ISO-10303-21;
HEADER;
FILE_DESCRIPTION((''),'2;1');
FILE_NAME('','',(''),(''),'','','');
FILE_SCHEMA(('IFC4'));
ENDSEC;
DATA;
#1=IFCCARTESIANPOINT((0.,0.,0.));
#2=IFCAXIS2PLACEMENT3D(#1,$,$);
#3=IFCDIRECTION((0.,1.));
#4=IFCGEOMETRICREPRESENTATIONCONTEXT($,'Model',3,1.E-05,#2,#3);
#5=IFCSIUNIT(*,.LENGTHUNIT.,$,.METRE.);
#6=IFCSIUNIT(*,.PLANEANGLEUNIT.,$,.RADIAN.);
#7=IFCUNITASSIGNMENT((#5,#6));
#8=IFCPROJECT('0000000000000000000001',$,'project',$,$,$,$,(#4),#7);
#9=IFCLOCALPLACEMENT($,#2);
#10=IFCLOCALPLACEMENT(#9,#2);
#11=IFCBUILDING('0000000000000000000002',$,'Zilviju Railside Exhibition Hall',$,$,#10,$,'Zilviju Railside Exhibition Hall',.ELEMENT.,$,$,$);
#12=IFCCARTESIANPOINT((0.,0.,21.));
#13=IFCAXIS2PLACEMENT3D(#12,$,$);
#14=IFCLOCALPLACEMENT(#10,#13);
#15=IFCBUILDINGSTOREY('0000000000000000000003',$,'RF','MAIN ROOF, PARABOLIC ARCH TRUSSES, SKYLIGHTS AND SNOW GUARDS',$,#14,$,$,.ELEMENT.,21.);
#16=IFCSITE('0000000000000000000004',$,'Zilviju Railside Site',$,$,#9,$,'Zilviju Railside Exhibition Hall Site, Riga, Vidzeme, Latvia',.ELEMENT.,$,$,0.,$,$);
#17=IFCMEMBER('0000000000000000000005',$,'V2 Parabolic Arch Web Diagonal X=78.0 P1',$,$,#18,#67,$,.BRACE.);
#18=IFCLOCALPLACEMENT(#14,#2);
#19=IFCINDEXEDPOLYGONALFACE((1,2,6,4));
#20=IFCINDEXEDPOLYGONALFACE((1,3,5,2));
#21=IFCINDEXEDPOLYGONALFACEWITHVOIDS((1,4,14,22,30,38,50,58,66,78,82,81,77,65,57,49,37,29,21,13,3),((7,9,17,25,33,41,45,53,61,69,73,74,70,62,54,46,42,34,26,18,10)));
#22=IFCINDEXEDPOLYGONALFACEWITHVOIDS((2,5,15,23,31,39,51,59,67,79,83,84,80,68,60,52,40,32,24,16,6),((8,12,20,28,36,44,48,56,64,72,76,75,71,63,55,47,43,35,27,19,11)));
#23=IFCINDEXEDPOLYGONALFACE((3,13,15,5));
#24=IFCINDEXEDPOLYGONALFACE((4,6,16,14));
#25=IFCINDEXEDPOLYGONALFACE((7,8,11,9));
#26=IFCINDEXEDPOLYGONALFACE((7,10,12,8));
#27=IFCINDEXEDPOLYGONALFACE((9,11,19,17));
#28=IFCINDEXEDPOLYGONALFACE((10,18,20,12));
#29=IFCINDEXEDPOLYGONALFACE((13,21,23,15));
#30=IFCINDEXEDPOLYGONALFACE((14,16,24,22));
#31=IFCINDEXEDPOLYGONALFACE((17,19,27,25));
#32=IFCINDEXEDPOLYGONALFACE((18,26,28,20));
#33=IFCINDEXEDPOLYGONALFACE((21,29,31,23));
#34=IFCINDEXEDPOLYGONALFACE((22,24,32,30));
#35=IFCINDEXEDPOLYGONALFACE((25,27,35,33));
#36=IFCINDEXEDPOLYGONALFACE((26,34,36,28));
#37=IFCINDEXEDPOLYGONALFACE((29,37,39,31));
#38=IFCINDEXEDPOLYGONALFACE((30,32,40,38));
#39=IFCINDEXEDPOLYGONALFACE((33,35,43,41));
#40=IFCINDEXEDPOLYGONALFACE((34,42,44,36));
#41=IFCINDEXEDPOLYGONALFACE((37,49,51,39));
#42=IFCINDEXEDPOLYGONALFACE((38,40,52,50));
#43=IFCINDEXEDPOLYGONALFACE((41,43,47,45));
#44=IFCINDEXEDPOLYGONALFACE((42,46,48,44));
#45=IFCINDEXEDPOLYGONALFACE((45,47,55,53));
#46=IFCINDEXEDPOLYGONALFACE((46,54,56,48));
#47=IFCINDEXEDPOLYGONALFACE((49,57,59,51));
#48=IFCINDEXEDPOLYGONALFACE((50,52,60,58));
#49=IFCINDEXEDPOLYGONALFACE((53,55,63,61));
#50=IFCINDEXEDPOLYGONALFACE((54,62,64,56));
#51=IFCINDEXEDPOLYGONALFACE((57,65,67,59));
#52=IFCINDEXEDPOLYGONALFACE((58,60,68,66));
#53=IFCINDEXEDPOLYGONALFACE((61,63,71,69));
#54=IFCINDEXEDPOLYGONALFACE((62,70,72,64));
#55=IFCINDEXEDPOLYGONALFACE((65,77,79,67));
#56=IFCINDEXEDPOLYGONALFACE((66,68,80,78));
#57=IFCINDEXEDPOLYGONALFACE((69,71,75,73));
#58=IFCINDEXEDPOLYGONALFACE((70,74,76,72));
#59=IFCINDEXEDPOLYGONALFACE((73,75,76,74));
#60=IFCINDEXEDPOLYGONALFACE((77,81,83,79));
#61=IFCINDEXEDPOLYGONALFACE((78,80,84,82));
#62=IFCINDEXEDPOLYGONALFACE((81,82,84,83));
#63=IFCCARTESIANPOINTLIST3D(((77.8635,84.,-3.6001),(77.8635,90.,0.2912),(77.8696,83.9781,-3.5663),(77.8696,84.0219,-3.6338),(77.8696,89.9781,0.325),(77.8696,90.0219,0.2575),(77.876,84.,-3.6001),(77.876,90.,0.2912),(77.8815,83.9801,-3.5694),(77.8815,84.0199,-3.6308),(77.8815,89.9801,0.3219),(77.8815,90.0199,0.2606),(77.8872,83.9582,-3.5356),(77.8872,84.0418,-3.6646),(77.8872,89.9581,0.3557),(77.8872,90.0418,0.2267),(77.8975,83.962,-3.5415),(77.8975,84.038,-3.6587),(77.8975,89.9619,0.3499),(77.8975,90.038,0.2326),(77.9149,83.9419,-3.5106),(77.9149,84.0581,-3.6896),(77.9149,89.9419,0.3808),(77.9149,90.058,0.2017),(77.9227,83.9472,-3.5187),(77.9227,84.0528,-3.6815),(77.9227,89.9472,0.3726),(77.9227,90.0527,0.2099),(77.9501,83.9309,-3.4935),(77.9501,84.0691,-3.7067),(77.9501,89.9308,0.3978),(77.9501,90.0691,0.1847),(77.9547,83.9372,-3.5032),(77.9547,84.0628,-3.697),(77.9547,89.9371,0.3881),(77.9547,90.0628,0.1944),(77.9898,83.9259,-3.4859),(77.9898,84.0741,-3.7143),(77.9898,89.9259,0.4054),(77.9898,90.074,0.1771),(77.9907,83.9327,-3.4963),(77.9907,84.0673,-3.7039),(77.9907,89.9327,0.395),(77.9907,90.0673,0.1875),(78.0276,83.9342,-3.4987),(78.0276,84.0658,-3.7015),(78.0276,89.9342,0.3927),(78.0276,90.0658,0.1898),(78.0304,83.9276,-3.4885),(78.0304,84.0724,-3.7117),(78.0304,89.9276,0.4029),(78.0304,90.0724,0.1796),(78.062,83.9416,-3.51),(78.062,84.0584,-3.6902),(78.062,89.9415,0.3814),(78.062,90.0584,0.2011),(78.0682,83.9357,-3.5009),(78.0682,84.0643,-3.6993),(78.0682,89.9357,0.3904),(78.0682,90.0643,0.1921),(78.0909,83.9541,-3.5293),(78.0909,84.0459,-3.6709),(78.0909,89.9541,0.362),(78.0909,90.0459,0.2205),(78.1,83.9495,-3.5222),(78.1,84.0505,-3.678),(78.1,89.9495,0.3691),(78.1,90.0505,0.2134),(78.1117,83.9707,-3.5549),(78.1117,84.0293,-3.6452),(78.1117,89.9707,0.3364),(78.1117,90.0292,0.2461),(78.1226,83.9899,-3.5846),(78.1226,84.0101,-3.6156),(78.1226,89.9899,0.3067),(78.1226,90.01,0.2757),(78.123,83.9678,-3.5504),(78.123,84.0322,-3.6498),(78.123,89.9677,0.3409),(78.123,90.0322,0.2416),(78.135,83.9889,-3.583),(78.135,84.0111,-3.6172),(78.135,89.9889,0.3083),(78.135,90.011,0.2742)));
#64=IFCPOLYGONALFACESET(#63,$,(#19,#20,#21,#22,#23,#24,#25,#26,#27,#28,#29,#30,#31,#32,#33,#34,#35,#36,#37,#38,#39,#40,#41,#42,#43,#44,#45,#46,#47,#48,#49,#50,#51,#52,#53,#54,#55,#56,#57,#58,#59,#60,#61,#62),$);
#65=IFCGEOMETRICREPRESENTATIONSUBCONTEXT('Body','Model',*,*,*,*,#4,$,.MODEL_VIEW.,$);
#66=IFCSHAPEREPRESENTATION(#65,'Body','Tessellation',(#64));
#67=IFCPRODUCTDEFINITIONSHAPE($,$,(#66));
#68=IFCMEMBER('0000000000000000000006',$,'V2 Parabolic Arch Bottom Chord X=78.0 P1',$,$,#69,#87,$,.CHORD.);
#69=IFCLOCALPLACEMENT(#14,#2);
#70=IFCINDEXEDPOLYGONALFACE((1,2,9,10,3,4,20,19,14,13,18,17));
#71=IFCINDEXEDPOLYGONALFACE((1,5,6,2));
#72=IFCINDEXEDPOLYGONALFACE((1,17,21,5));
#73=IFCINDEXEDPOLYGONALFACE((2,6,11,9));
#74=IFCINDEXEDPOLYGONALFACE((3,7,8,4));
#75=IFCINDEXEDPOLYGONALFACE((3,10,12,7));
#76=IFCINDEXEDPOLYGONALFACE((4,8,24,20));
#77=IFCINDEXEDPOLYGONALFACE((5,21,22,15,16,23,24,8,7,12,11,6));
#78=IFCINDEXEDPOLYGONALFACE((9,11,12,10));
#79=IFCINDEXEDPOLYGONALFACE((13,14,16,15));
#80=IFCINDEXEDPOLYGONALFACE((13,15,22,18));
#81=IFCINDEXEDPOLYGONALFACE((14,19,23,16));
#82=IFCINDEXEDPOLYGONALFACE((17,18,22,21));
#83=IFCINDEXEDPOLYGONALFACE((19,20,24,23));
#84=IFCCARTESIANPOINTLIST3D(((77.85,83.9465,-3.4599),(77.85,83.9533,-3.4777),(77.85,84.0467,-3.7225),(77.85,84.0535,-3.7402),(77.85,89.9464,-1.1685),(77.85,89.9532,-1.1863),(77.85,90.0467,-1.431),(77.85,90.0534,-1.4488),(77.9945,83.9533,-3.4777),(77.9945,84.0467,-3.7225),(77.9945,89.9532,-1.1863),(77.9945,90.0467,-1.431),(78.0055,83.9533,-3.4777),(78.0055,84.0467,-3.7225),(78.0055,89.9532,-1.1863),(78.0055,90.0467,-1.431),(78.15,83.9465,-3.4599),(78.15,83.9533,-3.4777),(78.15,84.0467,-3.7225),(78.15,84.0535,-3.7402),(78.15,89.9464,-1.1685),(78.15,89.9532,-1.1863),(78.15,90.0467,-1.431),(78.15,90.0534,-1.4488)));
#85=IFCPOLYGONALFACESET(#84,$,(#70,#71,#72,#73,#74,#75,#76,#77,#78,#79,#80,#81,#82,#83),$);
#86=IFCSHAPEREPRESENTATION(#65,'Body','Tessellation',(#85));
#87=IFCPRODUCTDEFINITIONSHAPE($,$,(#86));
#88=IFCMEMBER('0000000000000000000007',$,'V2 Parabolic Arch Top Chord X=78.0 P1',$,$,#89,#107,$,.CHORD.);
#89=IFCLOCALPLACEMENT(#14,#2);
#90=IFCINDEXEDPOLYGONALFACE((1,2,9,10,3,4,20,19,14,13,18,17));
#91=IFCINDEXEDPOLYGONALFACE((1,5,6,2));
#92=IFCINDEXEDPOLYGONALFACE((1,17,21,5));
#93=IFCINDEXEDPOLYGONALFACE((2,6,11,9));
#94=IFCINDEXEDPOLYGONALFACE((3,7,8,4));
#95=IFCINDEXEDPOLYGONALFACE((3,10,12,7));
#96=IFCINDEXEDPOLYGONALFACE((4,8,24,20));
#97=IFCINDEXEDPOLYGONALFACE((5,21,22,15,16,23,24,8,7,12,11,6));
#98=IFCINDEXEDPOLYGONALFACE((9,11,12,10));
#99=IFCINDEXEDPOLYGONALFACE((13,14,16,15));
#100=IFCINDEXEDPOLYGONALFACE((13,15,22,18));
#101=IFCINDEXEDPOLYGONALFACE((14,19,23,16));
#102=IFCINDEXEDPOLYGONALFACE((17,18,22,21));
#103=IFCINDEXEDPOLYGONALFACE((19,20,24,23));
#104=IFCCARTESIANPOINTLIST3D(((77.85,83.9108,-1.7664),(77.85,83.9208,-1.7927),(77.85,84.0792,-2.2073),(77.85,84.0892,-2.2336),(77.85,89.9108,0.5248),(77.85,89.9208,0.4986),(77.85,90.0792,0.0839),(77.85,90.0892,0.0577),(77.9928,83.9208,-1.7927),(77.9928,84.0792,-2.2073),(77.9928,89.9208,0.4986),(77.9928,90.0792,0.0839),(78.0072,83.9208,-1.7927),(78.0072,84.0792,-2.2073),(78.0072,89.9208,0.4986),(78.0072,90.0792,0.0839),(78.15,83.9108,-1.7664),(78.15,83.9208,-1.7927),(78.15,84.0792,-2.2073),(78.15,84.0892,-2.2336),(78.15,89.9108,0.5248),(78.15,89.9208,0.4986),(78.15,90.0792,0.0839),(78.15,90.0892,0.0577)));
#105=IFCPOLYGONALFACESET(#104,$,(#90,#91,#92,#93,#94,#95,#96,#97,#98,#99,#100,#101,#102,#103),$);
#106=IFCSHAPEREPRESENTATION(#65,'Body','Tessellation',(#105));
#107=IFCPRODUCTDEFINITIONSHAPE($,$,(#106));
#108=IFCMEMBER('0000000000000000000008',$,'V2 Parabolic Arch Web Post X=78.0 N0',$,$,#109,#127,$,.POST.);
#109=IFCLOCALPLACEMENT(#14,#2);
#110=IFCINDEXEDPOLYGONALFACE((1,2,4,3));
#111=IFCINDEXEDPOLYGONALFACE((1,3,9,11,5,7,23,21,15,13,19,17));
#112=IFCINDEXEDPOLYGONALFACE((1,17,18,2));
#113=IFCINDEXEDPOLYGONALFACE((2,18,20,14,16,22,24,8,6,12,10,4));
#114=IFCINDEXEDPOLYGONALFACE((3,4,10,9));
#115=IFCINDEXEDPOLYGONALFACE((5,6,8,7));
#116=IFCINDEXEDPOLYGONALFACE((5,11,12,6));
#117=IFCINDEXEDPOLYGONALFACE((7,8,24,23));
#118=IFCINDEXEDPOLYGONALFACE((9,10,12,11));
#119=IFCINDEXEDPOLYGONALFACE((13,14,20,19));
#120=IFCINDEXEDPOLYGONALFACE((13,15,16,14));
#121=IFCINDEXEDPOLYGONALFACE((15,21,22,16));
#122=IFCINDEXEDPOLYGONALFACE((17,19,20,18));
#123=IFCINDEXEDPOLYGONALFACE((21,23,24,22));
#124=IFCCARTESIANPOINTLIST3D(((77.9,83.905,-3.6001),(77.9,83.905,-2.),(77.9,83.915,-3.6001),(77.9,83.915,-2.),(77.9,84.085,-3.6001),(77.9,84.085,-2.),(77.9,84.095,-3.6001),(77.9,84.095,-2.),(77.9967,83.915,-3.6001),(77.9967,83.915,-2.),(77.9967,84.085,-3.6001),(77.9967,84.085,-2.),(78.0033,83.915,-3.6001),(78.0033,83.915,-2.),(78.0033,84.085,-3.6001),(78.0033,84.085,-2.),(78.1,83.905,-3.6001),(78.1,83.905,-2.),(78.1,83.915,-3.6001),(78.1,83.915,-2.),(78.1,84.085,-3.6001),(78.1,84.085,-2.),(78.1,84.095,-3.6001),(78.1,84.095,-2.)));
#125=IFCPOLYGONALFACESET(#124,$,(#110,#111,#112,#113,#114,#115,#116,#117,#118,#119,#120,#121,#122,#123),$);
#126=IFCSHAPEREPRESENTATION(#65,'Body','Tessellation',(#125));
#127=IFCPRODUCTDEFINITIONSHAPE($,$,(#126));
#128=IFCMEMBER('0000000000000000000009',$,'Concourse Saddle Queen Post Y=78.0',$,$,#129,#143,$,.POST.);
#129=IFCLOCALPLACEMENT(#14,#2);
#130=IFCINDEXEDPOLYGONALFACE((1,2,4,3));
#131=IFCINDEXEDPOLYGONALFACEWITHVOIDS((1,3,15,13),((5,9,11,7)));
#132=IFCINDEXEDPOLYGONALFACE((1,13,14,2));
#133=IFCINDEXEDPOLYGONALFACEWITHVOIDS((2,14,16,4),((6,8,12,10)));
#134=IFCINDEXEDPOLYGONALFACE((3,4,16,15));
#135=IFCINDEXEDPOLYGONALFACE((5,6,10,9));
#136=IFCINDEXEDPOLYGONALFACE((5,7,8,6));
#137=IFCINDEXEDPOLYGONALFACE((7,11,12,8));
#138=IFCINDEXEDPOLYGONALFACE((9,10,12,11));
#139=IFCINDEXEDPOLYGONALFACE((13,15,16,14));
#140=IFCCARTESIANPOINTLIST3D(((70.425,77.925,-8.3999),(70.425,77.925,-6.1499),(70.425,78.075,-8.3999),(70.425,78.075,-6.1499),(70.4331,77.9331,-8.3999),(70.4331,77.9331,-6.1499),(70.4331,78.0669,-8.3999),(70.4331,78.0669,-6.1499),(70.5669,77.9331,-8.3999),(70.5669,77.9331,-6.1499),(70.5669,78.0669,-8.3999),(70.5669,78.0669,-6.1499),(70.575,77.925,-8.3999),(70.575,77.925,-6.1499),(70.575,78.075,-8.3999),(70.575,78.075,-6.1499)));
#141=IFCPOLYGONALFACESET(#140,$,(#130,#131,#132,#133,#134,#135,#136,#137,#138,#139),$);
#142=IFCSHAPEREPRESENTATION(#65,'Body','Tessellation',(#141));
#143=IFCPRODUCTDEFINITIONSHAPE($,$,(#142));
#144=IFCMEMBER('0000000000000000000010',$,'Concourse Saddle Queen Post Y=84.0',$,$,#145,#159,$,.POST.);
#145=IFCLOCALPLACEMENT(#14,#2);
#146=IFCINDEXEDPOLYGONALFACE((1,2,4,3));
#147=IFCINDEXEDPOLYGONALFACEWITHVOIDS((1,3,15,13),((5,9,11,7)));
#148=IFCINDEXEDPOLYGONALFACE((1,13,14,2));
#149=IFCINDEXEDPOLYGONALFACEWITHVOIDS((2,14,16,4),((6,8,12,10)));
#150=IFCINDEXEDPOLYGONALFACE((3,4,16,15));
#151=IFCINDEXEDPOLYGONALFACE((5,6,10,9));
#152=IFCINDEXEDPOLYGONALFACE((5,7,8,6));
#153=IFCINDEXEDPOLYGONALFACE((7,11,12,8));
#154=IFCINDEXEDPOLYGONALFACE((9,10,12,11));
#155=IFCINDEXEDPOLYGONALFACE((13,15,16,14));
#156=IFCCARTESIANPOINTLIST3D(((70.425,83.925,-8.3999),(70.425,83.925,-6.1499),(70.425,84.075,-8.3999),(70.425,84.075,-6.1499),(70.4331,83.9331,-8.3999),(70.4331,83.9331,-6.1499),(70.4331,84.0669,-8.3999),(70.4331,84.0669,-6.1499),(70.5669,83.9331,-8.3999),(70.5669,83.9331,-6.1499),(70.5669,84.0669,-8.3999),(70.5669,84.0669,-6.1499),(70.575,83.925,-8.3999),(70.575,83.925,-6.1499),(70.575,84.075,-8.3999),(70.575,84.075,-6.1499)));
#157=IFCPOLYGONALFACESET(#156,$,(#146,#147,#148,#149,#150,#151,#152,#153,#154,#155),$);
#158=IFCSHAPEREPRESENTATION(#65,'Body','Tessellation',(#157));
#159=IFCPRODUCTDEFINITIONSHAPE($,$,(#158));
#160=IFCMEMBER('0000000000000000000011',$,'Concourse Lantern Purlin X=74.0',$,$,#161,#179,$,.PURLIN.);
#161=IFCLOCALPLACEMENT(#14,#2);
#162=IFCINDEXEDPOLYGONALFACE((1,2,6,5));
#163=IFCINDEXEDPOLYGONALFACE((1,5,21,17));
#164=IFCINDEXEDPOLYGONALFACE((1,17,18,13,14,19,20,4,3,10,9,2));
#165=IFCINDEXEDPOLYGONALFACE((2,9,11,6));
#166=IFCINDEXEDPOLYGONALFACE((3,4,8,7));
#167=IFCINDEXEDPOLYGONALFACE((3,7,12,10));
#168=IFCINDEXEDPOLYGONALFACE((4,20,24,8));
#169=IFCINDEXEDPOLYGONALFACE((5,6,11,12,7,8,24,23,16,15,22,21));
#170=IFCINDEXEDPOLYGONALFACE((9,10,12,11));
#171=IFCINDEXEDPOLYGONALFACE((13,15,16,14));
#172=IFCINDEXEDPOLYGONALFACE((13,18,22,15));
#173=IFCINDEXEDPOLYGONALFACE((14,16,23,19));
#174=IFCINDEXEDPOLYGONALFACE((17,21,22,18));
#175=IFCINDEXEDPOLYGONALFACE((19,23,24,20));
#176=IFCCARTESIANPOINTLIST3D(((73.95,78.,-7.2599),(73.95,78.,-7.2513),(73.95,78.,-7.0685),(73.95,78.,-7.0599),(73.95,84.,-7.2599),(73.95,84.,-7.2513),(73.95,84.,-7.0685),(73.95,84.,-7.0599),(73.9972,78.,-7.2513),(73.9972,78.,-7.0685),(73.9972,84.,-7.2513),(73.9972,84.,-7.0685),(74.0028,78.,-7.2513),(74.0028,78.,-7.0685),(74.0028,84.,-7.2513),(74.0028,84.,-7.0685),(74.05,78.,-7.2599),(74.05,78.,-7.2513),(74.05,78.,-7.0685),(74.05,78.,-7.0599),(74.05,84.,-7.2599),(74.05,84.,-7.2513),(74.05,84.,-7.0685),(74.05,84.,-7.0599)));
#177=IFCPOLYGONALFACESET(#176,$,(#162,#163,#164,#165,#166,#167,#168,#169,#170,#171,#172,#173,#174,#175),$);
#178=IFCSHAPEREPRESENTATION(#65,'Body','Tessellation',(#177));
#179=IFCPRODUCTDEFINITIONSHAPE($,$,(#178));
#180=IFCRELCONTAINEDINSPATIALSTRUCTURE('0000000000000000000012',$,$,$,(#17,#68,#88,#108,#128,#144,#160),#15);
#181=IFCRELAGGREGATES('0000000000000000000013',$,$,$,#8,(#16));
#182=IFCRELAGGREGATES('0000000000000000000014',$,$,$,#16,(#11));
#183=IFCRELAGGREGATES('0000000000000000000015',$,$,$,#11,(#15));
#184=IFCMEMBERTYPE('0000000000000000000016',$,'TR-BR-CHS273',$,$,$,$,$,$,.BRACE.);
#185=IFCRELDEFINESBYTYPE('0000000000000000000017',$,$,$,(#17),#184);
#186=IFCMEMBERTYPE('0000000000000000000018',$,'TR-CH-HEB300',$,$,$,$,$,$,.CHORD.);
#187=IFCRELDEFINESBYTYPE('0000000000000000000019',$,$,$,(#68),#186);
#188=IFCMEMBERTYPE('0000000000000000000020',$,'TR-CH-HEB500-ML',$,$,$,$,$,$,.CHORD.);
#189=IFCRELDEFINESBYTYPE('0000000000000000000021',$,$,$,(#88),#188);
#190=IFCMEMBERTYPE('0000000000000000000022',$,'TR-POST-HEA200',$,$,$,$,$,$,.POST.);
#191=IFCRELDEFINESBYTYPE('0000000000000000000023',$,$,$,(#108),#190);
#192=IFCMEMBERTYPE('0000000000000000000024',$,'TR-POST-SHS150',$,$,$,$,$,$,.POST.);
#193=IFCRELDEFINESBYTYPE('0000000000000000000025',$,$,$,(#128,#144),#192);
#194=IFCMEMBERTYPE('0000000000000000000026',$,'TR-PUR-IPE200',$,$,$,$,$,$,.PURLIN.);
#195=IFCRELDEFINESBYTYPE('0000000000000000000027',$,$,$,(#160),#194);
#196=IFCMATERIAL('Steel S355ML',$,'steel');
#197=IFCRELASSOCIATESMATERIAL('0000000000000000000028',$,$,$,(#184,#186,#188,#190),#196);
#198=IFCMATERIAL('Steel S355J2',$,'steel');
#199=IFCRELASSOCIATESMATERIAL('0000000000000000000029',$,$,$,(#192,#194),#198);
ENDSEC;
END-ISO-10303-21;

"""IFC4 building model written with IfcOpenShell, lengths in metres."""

from ifc_helpers import new_model, si_unit, direction, frame, origin, origin_2d, place, context, subcontext, project, spatial, hollow_rectangle, hollow_circle, i_section, extrude, material, material_profile, profile_set, type_object, element, save


model = new_model("IFC4")

# Units and contexts
model_context = context("Model", 3, precision=1e-05, world=origin(), true_north=direction((0.0, 1.0)))
body_context = subcontext(model_context, "Body", "Model", "MODEL_VIEW")
ifc_project = project(units=[si_unit("LENGTHUNIT", "METRE"), si_unit("PLANEANGLEUNIT", "RADIAN")], contexts=[model_context])

# Site, building, storey
site_placement = place(None, origin())
site = spatial("IfcSite", under=ifc_project, at=site_placement, Name="Zilviju Railside Site", LongName="Zilviju Railside Exhibition Hall Site, Riga, Vidzeme, Latvia", CompositionType="ELEMENT", RefElevation=0.0)
building_placement = place(site_placement, origin())
building = spatial("IfcBuilding", under=site, at=building_placement, Name="Zilviju Railside Exhibition Hall", LongName="Zilviju Railside Exhibition Hall", CompositionType="ELEMENT")
storey_placement = place(building_placement, frame((0.0, 0.0, 21.0)))
storey = spatial("IfcBuildingStorey", under=building, at=storey_placement, Name="RF", Description="MAIN ROOF, PARABOLIC ARCH TRUSSES, SKYLIGHTS AND SNOW GUARDS", CompositionType="ELEMENT", Elevation=21.0)

# Members
ifc_material_1 = material(Name="Steel S355J2", Category="steel")
ifc_material_2 = material(Name="Steel S355ML", Category="steel")
ifc_material_profile_1 = material_profile(ifc_material_2, hollow_circle(Radius=0.1365, WallThickness=0.0125, at=origin_2d()), Name="CHS 273.0x12.5")
ifc_profile_set_1 = profile_set([ifc_material_profile_1], Name="Steel S355ML")
member_type_1 = type_object("IfcMemberType", Name="TR-BR-CHS273", PredefinedType="BRACE", material=ifc_profile_set_1)
member_1_placement = place(storey_placement, frame((78.0, 84.0, -3.6001), z_axis=(0.0, 0.838995, 0.544139), x_axis=(-1.0, 0.0, 0.0)))
element("IfcMember", 1, at=member_1_placement, inside=storey, type_object=member_type_1, Name="V2 Parabolic Arch Web Diagonal X=78.0 P1", PredefinedType="BRACE", context=body_context, shape_type="SweptSolid", body=[
    extrude(hollow_circle(Radius=0.1365, WallThickness=0.0125, at=origin_2d()), origin(), (0.0, 0.0, 1.0), 7.1514),
])
ifc_material_profile_2 = material_profile(ifc_material_2, i_section(OverallWidth=0.3, OverallDepth=0.3, WebThickness=0.011, FlangeThickness=0.019, at=origin_2d()), Name="HEB 300")
ifc_profile_set_2 = profile_set([ifc_material_profile_2], Name="Steel S355ML")
member_type_2 = type_object("IfcMemberType", Name="TR-CH-HEB300", PredefinedType="CHORD", material=ifc_profile_set_2)
member_2_placement = place(storey_placement, frame((78.0, 84.0, -3.6001), z_axis=(0.0, 0.934188, 0.356782), x_axis=(-1.0, 0.0, 0.0)))
element("IfcMember", 2, at=member_2_placement, inside=storey, type_object=member_type_2, Name="V2 Parabolic Arch Bottom Chord X=78.0 P1", PredefinedType="CHORD", context=body_context, shape_type="SweptSolid", body=[
    extrude(i_section(OverallWidth=0.3, OverallDepth=0.3, WebThickness=0.011, FlangeThickness=0.019, at=origin_2d()), origin(), (0.0, 0.0, 1.0), 6.4226),
])
ifc_material_profile_3 = material_profile(ifc_material_2, i_section(OverallWidth=0.3, OverallDepth=0.5, WebThickness=0.0144, FlangeThickness=0.0281, at=origin_2d()), Name="HEB 500")
ifc_profile_set_3 = profile_set([ifc_material_profile_3], Name="Steel S355ML")
member_type_3 = type_object("IfcMemberType", Name="TR-CH-HEB500-ML", PredefinedType="CHORD", material=ifc_profile_set_3)
member_3_placement = place(storey_placement, frame((78.0, 84.0, -2.0), z_axis=(0.0, 0.9342, 0.356749), x_axis=(-1.0, 0.0, 0.0)))
element("IfcMember", 3, at=member_3_placement, inside=storey, type_object=member_type_3, Name="V2 Parabolic Arch Top Chord X=78.0 P1", PredefinedType="CHORD", context=body_context, shape_type="SweptSolid", body=[
    extrude(i_section(OverallWidth=0.3, OverallDepth=0.5, WebThickness=0.0144, FlangeThickness=0.0281, at=origin_2d()), origin(), (0.0, 0.0, 1.0), 6.4226),
])
ifc_material_profile_4 = material_profile(ifc_material_2, i_section(OverallWidth=0.2, OverallDepth=0.1899, WebThickness=0.0066, FlangeThickness=0.01, at=origin_2d()), Name="HEA 200")
ifc_profile_set_4 = profile_set([ifc_material_profile_4], Name="Steel S355ML")
member_type_4 = type_object("IfcMemberType", Name="TR-POST-HEA200", PredefinedType="POST", material=ifc_profile_set_4)
member_4_placement = place(storey_placement, frame((78.0, 84.0, -3.6001), z_axis=(0.0, 0.0, 1.0), x_axis=(1.0, 0.0, 0.0)))
element("IfcMember", 4, at=member_4_placement, inside=storey, type_object=member_type_4, Name="V2 Parabolic Arch Web Post X=78.0 N0", PredefinedType="POST", context=body_context, shape_type="SweptSolid", body=[
    extrude(i_section(OverallWidth=0.2, OverallDepth=0.1899, WebThickness=0.0066, FlangeThickness=0.01, at=origin_2d()), origin(), (0.0, 0.0, 1.0), 1.6001),
])
ifc_material_profile_5 = material_profile(ifc_material_1, hollow_rectangle(XDim=0.1499, YDim=0.1499, WallThickness=0.0081, at=origin_2d()), Name="SHS 150x150x8.0")
ifc_profile_set_5 = profile_set([ifc_material_profile_5], Name="Steel S355J2")
member_type_5 = type_object("IfcMemberType", Name="TR-POST-SHS150", PredefinedType="POST", material=ifc_profile_set_5)
for number, where, z_axis, x_axis, name in (
    (5, (70.5, 78.0, -8.3999), (0.0, 0.0, 1.0), (1.0, 0.0, 0.0), "Concourse Saddle Queen Post Y=78.0"),
    (6, (70.5, 84.0, -8.3999), (0.0, 0.0, 1.0), (1.0, 0.0, 0.0), "Concourse Saddle Queen Post Y=84.0"),
):
    element("IfcMember", number, at=place(storey_placement, frame(where, z_axis=z_axis, x_axis=x_axis)), inside=storey, type_object=member_type_5, Name=name, PredefinedType="POST", context=body_context, shape_type="SweptSolid", body=[
        extrude(hollow_rectangle(XDim=0.1499, YDim=0.1499, WallThickness=0.0081, at=origin_2d()), origin(), (0.0, 0.0, 1.0), 2.25),
    ])
ifc_material_profile_6 = material_profile(ifc_material_1, i_section(OverallWidth=0.1001, OverallDepth=0.2, WebThickness=0.0056, FlangeThickness=0.0085, at=origin_2d()), Name="IPE 200")
ifc_profile_set_6 = profile_set([ifc_material_profile_6], Name="Steel S355J2")
member_type_6 = type_object("IfcMemberType", Name="TR-PUR-IPE200", PredefinedType="PURLIN", material=ifc_profile_set_6)
member_5_placement = place(storey_placement, frame((74.0, 78.0, -7.1599), z_axis=(0.0, 1.0, 0.0), x_axis=(-1.0, 0.0, 0.0)))
element("IfcMember", 7, at=member_5_placement, inside=storey, type_object=member_type_6, Name="Concourse Lantern Purlin X=74.0", PredefinedType="PURLIN", context=body_context, shape_type="SweptSolid", body=[
    extrude(i_section(OverallWidth=0.1001, OverallDepth=0.2, WebThickness=0.0056, FlangeThickness=0.0085, at=origin_2d()), origin(), (0.0, 0.0, 1.0), 6.0),
])

save(model, "model.ifc")
